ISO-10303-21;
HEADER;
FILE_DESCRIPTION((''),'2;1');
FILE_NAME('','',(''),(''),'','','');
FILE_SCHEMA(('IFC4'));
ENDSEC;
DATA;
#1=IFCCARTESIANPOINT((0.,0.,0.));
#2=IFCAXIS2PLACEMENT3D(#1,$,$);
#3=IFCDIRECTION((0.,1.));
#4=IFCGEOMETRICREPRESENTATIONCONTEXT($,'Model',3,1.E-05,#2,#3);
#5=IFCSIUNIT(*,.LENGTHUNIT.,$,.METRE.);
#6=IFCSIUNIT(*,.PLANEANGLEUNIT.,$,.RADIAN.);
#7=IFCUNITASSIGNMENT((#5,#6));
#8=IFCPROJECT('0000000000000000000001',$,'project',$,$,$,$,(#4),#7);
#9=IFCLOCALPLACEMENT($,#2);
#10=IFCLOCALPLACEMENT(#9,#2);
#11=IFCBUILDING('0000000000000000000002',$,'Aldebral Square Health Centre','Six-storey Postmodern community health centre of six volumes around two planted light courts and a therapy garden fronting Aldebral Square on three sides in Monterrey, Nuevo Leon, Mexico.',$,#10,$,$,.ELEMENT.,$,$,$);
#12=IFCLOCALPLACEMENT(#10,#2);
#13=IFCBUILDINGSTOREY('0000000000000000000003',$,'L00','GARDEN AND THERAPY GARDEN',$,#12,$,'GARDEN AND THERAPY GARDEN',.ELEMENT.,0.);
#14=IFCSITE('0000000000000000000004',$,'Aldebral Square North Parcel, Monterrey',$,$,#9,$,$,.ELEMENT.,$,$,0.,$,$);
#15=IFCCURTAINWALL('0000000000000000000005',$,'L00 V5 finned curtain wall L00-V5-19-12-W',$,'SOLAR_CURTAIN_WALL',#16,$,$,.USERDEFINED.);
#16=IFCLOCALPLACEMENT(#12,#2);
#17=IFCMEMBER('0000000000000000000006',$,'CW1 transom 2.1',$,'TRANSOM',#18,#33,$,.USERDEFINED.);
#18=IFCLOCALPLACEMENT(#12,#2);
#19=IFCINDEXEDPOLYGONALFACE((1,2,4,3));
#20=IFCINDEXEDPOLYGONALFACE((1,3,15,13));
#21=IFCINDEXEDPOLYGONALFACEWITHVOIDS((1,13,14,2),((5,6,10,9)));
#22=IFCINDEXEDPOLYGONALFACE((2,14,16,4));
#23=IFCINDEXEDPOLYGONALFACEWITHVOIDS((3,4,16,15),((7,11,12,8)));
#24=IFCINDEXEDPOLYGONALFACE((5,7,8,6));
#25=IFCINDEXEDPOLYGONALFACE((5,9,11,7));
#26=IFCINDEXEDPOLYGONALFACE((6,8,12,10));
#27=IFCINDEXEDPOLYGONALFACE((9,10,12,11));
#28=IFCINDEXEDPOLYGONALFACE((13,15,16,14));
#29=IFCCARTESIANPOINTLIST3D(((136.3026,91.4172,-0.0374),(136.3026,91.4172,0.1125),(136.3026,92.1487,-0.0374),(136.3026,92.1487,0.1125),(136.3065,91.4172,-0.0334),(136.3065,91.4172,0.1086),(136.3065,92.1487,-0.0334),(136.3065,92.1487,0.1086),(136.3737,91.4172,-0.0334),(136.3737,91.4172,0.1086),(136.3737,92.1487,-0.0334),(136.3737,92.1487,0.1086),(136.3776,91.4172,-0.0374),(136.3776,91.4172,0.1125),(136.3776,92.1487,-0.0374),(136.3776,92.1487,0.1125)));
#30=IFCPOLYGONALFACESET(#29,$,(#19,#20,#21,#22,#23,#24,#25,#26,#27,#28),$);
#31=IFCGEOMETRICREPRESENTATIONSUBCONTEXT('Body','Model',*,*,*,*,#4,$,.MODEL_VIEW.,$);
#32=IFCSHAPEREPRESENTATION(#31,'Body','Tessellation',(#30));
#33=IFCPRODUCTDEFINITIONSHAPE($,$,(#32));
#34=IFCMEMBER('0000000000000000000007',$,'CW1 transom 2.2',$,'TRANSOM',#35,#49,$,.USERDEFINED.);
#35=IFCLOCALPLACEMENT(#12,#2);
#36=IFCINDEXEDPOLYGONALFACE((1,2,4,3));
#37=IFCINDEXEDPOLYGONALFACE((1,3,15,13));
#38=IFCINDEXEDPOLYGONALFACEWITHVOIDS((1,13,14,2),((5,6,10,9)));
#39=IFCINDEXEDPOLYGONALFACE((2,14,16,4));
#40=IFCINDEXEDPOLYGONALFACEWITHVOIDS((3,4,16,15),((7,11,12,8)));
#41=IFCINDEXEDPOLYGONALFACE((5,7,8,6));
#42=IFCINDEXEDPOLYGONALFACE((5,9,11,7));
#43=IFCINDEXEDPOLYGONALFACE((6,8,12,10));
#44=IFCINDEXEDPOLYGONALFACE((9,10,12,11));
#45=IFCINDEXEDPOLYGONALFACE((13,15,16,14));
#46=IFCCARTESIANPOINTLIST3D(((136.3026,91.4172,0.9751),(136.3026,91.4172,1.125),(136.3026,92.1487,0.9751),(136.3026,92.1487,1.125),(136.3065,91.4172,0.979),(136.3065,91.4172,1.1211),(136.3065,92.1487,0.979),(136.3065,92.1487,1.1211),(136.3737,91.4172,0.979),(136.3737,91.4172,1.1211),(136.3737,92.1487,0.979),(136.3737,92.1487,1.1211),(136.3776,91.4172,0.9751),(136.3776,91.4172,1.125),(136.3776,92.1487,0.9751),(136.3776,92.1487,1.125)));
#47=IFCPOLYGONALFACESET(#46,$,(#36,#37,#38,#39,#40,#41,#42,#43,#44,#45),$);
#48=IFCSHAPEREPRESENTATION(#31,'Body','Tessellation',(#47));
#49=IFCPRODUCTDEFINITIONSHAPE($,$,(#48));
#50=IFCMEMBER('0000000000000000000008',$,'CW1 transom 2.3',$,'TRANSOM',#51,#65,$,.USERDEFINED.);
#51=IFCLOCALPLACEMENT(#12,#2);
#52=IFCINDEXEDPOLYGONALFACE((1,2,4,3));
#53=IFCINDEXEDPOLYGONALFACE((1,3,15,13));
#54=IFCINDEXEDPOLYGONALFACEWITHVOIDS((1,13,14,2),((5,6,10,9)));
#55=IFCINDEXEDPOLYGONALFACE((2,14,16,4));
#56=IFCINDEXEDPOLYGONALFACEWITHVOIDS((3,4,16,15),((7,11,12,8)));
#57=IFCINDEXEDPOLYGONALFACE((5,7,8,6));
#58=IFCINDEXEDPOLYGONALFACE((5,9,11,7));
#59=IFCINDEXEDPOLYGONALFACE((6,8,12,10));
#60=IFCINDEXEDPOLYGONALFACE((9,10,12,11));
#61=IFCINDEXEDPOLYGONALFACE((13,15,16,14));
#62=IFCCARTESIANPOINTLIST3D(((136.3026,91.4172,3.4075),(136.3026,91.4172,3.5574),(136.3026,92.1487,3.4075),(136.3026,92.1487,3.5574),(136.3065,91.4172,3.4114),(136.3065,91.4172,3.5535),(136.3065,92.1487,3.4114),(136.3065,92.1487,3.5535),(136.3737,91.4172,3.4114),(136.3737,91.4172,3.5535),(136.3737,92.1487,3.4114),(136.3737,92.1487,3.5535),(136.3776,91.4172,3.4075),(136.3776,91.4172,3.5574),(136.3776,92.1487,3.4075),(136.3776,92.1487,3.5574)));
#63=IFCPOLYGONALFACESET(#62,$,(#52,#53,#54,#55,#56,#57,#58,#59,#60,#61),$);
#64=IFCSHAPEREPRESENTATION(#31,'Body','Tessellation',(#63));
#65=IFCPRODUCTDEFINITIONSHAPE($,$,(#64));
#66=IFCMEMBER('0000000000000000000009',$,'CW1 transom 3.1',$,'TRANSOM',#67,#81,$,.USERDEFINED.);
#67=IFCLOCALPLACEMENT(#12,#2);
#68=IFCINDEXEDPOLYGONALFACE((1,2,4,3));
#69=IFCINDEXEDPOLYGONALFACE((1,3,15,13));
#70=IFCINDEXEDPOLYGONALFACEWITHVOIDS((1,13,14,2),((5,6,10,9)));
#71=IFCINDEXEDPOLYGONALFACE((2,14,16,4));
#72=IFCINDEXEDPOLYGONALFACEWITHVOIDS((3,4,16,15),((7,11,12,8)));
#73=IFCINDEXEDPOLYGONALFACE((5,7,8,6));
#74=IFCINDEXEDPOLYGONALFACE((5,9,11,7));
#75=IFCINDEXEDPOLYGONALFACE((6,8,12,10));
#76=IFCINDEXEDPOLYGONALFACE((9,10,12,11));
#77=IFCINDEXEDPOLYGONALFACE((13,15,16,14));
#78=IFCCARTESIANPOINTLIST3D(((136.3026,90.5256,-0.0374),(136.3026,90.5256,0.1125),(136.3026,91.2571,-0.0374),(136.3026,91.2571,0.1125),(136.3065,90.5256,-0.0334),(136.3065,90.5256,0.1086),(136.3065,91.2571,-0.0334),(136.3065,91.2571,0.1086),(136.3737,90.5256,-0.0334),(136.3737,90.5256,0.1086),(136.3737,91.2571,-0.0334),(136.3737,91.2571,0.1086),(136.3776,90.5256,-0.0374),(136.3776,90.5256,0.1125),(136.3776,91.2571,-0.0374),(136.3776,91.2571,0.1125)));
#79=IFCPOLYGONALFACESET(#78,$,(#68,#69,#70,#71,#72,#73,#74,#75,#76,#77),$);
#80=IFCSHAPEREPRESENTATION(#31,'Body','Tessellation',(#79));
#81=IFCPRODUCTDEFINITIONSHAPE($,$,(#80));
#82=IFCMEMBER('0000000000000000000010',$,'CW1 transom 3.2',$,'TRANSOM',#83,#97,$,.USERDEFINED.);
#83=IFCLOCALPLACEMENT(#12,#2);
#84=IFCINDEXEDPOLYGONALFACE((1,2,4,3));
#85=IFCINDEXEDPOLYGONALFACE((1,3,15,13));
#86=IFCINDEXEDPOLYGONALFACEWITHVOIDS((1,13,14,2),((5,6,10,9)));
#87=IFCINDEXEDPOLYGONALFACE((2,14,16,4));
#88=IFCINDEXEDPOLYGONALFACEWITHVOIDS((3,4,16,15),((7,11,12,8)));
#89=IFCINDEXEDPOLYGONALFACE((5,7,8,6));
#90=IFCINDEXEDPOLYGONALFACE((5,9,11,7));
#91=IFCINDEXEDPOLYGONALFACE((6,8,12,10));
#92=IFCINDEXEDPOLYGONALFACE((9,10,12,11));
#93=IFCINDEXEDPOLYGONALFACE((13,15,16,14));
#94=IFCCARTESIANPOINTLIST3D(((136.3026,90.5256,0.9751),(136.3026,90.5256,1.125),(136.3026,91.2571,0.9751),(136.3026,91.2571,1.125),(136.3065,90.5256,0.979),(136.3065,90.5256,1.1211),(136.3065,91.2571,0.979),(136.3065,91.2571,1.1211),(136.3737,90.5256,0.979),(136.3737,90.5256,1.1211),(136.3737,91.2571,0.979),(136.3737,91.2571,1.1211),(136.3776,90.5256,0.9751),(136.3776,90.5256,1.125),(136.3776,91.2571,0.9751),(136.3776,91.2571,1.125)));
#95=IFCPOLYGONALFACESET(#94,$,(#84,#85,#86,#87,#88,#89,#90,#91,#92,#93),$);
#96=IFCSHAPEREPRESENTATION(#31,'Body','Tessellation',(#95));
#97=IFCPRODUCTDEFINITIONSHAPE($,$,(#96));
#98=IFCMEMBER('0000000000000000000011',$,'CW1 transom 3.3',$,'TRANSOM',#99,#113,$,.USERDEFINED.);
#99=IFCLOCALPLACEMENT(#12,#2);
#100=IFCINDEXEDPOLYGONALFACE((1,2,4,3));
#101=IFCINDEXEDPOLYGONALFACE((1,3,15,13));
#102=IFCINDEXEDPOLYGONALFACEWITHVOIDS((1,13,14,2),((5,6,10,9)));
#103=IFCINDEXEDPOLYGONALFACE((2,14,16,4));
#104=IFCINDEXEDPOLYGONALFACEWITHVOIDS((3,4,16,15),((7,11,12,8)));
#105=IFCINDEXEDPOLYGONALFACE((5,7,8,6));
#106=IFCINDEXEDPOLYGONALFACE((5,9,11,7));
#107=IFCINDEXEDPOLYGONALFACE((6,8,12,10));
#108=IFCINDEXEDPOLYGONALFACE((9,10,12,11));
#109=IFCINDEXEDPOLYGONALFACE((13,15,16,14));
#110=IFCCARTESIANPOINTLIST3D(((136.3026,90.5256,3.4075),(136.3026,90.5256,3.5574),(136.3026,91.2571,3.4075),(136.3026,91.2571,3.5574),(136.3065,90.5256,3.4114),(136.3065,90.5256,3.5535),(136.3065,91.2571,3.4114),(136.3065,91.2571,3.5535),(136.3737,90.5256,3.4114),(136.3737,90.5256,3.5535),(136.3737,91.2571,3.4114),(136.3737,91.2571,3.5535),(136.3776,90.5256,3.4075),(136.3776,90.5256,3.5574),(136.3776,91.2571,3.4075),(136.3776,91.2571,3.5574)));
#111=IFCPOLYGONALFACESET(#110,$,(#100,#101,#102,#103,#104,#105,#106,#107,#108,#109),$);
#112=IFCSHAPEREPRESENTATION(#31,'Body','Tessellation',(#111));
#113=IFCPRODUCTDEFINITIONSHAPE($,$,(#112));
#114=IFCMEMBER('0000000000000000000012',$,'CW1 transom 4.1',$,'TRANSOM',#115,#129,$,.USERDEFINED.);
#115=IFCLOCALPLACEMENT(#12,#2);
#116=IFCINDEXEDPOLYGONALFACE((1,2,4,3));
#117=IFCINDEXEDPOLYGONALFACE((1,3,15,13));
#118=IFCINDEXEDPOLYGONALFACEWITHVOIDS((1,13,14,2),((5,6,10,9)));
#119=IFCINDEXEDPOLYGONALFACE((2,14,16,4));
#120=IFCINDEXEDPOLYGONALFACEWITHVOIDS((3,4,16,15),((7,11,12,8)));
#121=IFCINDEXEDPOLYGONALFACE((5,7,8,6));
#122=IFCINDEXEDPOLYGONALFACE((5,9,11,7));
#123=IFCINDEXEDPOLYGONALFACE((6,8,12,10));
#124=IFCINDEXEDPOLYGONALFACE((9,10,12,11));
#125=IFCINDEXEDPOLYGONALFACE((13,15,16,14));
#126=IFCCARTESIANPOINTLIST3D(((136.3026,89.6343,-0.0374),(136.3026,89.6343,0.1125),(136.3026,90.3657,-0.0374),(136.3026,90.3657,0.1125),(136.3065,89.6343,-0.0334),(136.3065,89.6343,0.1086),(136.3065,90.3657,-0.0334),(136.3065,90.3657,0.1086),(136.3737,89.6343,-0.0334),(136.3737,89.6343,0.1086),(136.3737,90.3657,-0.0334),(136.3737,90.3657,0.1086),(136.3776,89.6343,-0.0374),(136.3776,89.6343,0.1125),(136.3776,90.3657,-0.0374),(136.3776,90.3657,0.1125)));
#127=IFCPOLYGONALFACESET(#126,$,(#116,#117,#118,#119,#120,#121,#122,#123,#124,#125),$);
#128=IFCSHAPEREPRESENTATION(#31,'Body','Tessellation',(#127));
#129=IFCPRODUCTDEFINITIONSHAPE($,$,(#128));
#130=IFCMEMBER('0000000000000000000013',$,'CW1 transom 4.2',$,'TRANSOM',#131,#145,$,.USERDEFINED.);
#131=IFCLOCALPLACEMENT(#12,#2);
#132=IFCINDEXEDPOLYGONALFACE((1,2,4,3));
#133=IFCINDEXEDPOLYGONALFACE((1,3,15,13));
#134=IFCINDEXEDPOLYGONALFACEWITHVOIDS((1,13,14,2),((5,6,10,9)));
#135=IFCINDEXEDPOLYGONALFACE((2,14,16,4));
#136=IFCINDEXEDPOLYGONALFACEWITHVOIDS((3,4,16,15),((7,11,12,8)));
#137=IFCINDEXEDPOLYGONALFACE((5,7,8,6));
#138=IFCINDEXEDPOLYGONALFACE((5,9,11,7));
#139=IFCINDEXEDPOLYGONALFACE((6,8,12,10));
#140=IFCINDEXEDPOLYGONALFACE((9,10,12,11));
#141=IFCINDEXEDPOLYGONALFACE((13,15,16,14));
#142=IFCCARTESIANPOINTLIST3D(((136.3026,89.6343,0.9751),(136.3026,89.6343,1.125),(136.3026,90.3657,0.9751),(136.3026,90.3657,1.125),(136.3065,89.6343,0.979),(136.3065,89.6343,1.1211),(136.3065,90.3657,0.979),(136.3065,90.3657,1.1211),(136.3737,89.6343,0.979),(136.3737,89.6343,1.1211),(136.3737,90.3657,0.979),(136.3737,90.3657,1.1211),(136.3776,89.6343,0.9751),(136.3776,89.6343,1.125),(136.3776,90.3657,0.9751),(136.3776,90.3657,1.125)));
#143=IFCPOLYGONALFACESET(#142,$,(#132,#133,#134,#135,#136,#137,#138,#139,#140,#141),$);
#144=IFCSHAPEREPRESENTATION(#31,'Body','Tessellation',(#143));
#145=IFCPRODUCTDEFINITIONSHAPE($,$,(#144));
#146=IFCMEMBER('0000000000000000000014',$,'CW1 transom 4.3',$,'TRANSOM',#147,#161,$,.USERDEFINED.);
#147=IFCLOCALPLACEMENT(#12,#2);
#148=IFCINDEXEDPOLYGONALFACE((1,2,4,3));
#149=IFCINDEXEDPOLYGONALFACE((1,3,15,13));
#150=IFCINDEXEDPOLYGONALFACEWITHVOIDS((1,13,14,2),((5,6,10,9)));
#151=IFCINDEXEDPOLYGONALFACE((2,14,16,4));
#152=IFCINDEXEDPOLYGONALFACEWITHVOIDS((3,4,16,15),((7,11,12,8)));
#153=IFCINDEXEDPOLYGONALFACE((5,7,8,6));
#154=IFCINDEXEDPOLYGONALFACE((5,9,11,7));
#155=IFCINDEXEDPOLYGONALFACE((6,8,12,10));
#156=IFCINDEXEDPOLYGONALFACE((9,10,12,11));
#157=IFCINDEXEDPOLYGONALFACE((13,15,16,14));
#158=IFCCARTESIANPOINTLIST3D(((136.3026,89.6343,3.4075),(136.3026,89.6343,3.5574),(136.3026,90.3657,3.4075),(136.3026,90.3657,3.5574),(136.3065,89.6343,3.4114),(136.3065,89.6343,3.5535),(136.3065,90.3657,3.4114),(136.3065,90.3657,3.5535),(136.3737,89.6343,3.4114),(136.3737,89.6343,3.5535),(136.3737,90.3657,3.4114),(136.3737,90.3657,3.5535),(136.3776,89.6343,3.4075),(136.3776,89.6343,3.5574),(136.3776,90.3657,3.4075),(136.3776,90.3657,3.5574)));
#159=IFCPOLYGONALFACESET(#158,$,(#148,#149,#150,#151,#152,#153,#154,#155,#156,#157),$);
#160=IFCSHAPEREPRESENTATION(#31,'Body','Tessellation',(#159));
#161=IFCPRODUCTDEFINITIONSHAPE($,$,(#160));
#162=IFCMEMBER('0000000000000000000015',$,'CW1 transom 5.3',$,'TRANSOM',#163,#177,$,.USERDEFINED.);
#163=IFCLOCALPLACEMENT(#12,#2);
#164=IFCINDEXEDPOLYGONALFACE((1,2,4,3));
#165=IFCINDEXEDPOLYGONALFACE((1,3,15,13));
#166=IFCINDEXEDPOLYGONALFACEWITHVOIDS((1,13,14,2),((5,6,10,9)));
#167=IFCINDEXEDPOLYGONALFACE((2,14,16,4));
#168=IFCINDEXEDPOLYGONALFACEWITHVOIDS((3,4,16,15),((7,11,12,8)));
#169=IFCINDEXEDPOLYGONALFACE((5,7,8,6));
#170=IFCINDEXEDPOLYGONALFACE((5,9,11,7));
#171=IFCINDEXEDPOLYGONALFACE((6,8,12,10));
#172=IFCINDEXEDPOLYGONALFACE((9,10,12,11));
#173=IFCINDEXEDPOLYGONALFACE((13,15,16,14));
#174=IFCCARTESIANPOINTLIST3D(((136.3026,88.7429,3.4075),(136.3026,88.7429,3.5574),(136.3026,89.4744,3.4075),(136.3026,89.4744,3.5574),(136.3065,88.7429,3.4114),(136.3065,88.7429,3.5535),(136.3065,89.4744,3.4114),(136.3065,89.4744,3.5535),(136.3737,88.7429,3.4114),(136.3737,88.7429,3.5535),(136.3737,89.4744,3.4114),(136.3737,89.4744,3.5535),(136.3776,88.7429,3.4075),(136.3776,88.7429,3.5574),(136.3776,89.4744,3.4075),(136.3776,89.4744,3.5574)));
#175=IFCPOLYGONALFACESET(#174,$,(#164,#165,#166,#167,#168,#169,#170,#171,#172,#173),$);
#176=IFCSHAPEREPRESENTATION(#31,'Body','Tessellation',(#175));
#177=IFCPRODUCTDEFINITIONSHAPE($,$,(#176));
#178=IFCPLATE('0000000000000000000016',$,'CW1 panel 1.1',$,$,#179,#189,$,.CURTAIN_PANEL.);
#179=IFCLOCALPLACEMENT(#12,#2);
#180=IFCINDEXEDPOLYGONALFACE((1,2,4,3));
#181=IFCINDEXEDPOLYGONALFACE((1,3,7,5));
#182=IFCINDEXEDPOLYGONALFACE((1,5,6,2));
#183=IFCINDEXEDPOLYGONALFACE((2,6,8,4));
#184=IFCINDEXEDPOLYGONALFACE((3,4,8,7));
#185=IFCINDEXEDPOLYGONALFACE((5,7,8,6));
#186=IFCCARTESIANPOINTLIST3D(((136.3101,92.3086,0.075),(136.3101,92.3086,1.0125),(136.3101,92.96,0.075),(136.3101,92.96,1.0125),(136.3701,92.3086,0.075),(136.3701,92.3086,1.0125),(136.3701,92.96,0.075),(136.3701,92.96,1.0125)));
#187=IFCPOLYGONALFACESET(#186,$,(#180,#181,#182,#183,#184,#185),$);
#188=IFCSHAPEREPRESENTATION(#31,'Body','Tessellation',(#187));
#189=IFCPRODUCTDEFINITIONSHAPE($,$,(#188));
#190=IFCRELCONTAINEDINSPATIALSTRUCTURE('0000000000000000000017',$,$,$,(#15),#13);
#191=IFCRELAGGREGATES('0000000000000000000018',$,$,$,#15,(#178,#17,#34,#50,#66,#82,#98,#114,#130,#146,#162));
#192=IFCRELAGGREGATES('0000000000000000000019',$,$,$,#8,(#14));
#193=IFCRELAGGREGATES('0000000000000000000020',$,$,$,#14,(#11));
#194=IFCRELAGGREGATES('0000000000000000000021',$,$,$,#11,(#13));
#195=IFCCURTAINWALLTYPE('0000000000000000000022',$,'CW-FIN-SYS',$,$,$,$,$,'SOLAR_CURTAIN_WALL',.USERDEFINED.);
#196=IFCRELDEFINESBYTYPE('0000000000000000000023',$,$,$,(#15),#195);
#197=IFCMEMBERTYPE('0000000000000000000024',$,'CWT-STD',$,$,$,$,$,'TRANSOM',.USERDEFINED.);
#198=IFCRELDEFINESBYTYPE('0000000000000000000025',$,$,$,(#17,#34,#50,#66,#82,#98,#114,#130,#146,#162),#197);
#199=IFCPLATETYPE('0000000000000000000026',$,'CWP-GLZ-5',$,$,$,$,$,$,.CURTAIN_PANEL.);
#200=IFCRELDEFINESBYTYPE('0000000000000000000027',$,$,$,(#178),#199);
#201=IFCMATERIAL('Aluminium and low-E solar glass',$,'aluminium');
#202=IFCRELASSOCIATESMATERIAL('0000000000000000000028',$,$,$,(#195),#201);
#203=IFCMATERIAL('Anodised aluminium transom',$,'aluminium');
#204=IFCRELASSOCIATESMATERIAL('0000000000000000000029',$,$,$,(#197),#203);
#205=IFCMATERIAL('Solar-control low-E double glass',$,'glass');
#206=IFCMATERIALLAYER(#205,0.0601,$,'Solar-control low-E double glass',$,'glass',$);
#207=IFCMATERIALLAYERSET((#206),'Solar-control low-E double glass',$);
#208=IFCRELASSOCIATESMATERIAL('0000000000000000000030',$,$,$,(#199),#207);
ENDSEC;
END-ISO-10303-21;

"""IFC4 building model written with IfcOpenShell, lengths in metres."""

from ifc_helpers import new_model, si_unit, direction, frame, origin, origin_2d, place, context, subcontext, project, spatial, rectangle, hollow_rectangle, extrude, material, layer, layer_set, material_profile, profile_set, type_object, element, aggregate, save


model = new_model("IFC4")

# Units and contexts
model_context = context("Model", 3, precision=1e-05, world=origin(), true_north=direction((0.0, 1.0)))
body_context = subcontext(model_context, "Body", "Model", "MODEL_VIEW")
ifc_project = project(units=[si_unit("LENGTHUNIT", "METRE"), si_unit("PLANEANGLEUNIT", "RADIAN")], contexts=[model_context])

# Site, building, storey
site_placement = place(None, origin())
site = spatial("IfcSite", under=ifc_project, at=site_placement, Name="Aldebral Square North Parcel, Monterrey", CompositionType="ELEMENT", RefElevation=0.0)
building_placement = place(site_placement, origin())
building = spatial("IfcBuilding", under=site, at=building_placement, Name="Aldebral Square Health Centre", Description="Six-storey Postmodern community health centre of six volumes around two planted light courts and a therapy garden fronting Aldebral Square on three sides in Monterrey, Nuevo Leon, Mexico.", CompositionType="ELEMENT")
storey_placement = place(building_placement, origin())
storey = spatial("IfcBuildingStorey", under=building, at=storey_placement, Name="L00", Description="GARDEN AND THERAPY GARDEN", LongName="GARDEN AND THERAPY GARDEN", CompositionType="ELEMENT", Elevation=0.0)

# Curtain wall, members, plate
ifc_material_1 = material(Name="Aluminium and low-E solar glass", Category="aluminium")
curtain_wall_type = type_object("IfcCurtainWallType", Name="CW-FIN-SYS", ElementType="SOLAR_CURTAIN_WALL", PredefinedType="USERDEFINED", material=ifc_material_1)
curtain_wall_placement = place(storey_placement, origin())
curtain_wall = element("IfcCurtainWall", 1, at=curtain_wall_placement, inside=storey, type_object=curtain_wall_type, Name="L00 V5 finned curtain wall L00-V5-19-12-W", ObjectType="SOLAR_CURTAIN_WALL", PredefinedType="USERDEFINED")
ifc_material_2 = material(Name="Anodised aluminium transom", Category="aluminium")
ifc_material_profile_1 = material_profile(ifc_material_2, hollow_rectangle(XDim=0.075, YDim=0.1499, WallThickness=0.0039, at=origin_2d()), Name="CWT 75x150x4")
ifc_profile_set_1 = profile_set([ifc_material_profile_1], Name="Anodised aluminium transom")
member_type_1 = type_object("IfcMemberType", Name="CWT-STD", ElementType="TRANSOM", PredefinedType="USERDEFINED", material=ifc_profile_set_1)
member_1_placement = place(storey_placement, frame((136.3401, 92.1487, 0.0376), z_axis=(0.0, -1.0, 0.0), x_axis=(1.0, 0.0, 0.0)))
member_1 = element("IfcMember", 2, at=member_1_placement, type_object=member_type_1, Name="CW1 transom 2.1", ObjectType="TRANSOM", PredefinedType="USERDEFINED", context=body_context, shape_type="SweptSolid", body=[
    extrude(hollow_rectangle(XDim=0.075, YDim=0.1499, WallThickness=0.0039, at=origin_2d()), origin(), (0.0, 0.0, 1.0), 0.7314),
])
member_2_placement = place(storey_placement, frame((136.3401, 92.1487, 1.05), z_axis=(0.0, -1.0, 0.0), x_axis=(1.0, 0.0, 0.0)))
member_2 = element("IfcMember", 3, at=member_2_placement, type_object=member_type_1, Name="CW1 transom 2.2", ObjectType="TRANSOM", PredefinedType="USERDEFINED", context=body_context, shape_type="SweptSolid", body=[
    extrude(hollow_rectangle(XDim=0.075, YDim=0.1499, WallThickness=0.0039, at=origin_2d()), origin(), (0.0, 0.0, 1.0), 0.7314),
])
member_3_placement = place(storey_placement, frame((136.3401, 92.1487, 3.4824), z_axis=(0.0, -1.0, 0.0), x_axis=(1.0, 0.0, 0.0)))
member_3 = element("IfcMember", 4, at=member_3_placement, type_object=member_type_1, Name="CW1 transom 2.3", ObjectType="TRANSOM", PredefinedType="USERDEFINED", context=body_context, shape_type="SweptSolid", body=[
    extrude(hollow_rectangle(XDim=0.075, YDim=0.1499, WallThickness=0.0039, at=origin_2d()), origin(), (0.0, 0.0, 1.0), 0.7314),
])
member_4_placement = place(storey_placement, frame((136.3401, 91.2571, 0.0376), z_axis=(0.0, -1.0, 0.0), x_axis=(1.0, 0.0, 0.0)))
member_4 = element("IfcMember", 5, at=member_4_placement, type_object=member_type_1, Name="CW1 transom 3.1", ObjectType="TRANSOM", PredefinedType="USERDEFINED", context=body_context, shape_type="SweptSolid", body=[
    extrude(hollow_rectangle(XDim=0.075, YDim=0.1499, WallThickness=0.0039, at=origin_2d()), origin(), (0.0, 0.0, 1.0), 0.7314),
])
member_5_placement = place(storey_placement, frame((136.3401, 91.2571, 1.05), z_axis=(0.0, -1.0, 0.0), x_axis=(1.0, 0.0, 0.0)))
member_5 = element("IfcMember", 6, at=member_5_placement, type_object=member_type_1, Name="CW1 transom 3.2", ObjectType="TRANSOM", PredefinedType="USERDEFINED", context=body_context, shape_type="SweptSolid", body=[
    extrude(hollow_rectangle(XDim=0.075, YDim=0.1499, WallThickness=0.0039, at=origin_2d()), origin(), (0.0, 0.0, 1.0), 0.7314),
])
member_6_placement = place(storey_placement, frame((136.3401, 91.2571, 3.4824), z_axis=(0.0, -1.0, 0.0), x_axis=(1.0, 0.0, 0.0)))
member_6 = element("IfcMember", 7, at=member_6_placement, type_object=member_type_1, Name="CW1 transom 3.3", ObjectType="TRANSOM", PredefinedType="USERDEFINED", context=body_context, shape_type="SweptSolid", body=[
    extrude(hollow_rectangle(XDim=0.075, YDim=0.1499, WallThickness=0.0039, at=origin_2d()), origin(), (0.0, 0.0, 1.0), 0.7314),
])
member_7_placement = place(storey_placement, frame((136.3401, 90.3657, 0.0376), z_axis=(0.0, -1.0, 0.0), x_axis=(1.0, 0.0, 0.0)))
member_7 = element("IfcMember", 8, at=member_7_placement, type_object=member_type_1, Name="CW1 transom 4.1", ObjectType="TRANSOM", PredefinedType="USERDEFINED", context=body_context, shape_type="SweptSolid", body=[
    extrude(hollow_rectangle(XDim=0.075, YDim=0.1499, WallThickness=0.0039, at=origin_2d()), origin(), (0.0, 0.0, 1.0), 0.7314),
])
member_8_placement = place(storey_placement, frame((136.3401, 90.3657, 1.05), z_axis=(0.0, -1.0, 0.0), x_axis=(1.0, 0.0, 0.0)))
member_8 = element("IfcMember", 9, at=member_8_placement, type_object=member_type_1, Name="CW1 transom 4.2", ObjectType="TRANSOM", PredefinedType="USERDEFINED", context=body_context, shape_type="SweptSolid", body=[
    extrude(hollow_rectangle(XDim=0.075, YDim=0.1499, WallThickness=0.0039, at=origin_2d()), origin(), (0.0, 0.0, 1.0), 0.7314),
])
member_9_placement = place(storey_placement, frame((136.3401, 90.3657, 3.4824), z_axis=(0.0, -1.0, 0.0), x_axis=(1.0, 0.0, 0.0)))
member_9 = element("IfcMember", 10, at=member_9_placement, type_object=member_type_1, Name="CW1 transom 4.3", ObjectType="TRANSOM", PredefinedType="USERDEFINED", context=body_context, shape_type="SweptSolid", body=[
    extrude(hollow_rectangle(XDim=0.075, YDim=0.1499, WallThickness=0.0039, at=origin_2d()), origin(), (0.0, 0.0, 1.0), 0.7314),
])
member_10_placement = place(storey_placement, frame((136.3401, 89.4744, 3.4824), z_axis=(0.0, -1.0, 0.0), x_axis=(1.0, 0.0, 0.0)))
member_10 = element("IfcMember", 11, at=member_10_placement, type_object=member_type_1, Name="CW1 transom 5.3", ObjectType="TRANSOM", PredefinedType="USERDEFINED", context=body_context, shape_type="SweptSolid", body=[
    extrude(hollow_rectangle(XDim=0.075, YDim=0.1499, WallThickness=0.0039, at=origin_2d()), origin(), (0.0, 0.0, 1.0), 0.7314),
])
ifc_material_3 = material(Name="Solar-control low-E double glass", Category="glass")
ifc_layer_1 = layer(ifc_material_3, 0.0601, Name="Solar-control low-E double glass", Category="glass")
ifc_layer_set_1 = layer_set([ifc_layer_1], Name="Solar-control low-E double glass")
plate_type = type_object("IfcPlateType", Name="CWP-GLZ-5", PredefinedType="CURTAIN_PANEL", material=ifc_layer_set_1)
plate_1_placement = place(storey_placement, frame((136.3401, 92.6343, 0.075), z_axis=(0.0, 0.0, 1.0), x_axis=(0.0, -1.0, 0.0)))
plate_1 = element("IfcPlate", 12, at=plate_1_placement, type_object=plate_type, Name="CW1 panel 1.1", PredefinedType="CURTAIN_PANEL", context=body_context, shape_type="SweptSolid", body=[
    extrude(rectangle(XDim=0.6514, YDim=0.0601, at=origin_2d()), origin(), (0.0, 0.0, 1.0), 0.9375),
])
aggregate(curtain_wall, [plate_1, member_1, member_2, member_3, member_4, member_5, member_6, member_7, member_8, member_9, member_10])

save(model, "model.ifc")
